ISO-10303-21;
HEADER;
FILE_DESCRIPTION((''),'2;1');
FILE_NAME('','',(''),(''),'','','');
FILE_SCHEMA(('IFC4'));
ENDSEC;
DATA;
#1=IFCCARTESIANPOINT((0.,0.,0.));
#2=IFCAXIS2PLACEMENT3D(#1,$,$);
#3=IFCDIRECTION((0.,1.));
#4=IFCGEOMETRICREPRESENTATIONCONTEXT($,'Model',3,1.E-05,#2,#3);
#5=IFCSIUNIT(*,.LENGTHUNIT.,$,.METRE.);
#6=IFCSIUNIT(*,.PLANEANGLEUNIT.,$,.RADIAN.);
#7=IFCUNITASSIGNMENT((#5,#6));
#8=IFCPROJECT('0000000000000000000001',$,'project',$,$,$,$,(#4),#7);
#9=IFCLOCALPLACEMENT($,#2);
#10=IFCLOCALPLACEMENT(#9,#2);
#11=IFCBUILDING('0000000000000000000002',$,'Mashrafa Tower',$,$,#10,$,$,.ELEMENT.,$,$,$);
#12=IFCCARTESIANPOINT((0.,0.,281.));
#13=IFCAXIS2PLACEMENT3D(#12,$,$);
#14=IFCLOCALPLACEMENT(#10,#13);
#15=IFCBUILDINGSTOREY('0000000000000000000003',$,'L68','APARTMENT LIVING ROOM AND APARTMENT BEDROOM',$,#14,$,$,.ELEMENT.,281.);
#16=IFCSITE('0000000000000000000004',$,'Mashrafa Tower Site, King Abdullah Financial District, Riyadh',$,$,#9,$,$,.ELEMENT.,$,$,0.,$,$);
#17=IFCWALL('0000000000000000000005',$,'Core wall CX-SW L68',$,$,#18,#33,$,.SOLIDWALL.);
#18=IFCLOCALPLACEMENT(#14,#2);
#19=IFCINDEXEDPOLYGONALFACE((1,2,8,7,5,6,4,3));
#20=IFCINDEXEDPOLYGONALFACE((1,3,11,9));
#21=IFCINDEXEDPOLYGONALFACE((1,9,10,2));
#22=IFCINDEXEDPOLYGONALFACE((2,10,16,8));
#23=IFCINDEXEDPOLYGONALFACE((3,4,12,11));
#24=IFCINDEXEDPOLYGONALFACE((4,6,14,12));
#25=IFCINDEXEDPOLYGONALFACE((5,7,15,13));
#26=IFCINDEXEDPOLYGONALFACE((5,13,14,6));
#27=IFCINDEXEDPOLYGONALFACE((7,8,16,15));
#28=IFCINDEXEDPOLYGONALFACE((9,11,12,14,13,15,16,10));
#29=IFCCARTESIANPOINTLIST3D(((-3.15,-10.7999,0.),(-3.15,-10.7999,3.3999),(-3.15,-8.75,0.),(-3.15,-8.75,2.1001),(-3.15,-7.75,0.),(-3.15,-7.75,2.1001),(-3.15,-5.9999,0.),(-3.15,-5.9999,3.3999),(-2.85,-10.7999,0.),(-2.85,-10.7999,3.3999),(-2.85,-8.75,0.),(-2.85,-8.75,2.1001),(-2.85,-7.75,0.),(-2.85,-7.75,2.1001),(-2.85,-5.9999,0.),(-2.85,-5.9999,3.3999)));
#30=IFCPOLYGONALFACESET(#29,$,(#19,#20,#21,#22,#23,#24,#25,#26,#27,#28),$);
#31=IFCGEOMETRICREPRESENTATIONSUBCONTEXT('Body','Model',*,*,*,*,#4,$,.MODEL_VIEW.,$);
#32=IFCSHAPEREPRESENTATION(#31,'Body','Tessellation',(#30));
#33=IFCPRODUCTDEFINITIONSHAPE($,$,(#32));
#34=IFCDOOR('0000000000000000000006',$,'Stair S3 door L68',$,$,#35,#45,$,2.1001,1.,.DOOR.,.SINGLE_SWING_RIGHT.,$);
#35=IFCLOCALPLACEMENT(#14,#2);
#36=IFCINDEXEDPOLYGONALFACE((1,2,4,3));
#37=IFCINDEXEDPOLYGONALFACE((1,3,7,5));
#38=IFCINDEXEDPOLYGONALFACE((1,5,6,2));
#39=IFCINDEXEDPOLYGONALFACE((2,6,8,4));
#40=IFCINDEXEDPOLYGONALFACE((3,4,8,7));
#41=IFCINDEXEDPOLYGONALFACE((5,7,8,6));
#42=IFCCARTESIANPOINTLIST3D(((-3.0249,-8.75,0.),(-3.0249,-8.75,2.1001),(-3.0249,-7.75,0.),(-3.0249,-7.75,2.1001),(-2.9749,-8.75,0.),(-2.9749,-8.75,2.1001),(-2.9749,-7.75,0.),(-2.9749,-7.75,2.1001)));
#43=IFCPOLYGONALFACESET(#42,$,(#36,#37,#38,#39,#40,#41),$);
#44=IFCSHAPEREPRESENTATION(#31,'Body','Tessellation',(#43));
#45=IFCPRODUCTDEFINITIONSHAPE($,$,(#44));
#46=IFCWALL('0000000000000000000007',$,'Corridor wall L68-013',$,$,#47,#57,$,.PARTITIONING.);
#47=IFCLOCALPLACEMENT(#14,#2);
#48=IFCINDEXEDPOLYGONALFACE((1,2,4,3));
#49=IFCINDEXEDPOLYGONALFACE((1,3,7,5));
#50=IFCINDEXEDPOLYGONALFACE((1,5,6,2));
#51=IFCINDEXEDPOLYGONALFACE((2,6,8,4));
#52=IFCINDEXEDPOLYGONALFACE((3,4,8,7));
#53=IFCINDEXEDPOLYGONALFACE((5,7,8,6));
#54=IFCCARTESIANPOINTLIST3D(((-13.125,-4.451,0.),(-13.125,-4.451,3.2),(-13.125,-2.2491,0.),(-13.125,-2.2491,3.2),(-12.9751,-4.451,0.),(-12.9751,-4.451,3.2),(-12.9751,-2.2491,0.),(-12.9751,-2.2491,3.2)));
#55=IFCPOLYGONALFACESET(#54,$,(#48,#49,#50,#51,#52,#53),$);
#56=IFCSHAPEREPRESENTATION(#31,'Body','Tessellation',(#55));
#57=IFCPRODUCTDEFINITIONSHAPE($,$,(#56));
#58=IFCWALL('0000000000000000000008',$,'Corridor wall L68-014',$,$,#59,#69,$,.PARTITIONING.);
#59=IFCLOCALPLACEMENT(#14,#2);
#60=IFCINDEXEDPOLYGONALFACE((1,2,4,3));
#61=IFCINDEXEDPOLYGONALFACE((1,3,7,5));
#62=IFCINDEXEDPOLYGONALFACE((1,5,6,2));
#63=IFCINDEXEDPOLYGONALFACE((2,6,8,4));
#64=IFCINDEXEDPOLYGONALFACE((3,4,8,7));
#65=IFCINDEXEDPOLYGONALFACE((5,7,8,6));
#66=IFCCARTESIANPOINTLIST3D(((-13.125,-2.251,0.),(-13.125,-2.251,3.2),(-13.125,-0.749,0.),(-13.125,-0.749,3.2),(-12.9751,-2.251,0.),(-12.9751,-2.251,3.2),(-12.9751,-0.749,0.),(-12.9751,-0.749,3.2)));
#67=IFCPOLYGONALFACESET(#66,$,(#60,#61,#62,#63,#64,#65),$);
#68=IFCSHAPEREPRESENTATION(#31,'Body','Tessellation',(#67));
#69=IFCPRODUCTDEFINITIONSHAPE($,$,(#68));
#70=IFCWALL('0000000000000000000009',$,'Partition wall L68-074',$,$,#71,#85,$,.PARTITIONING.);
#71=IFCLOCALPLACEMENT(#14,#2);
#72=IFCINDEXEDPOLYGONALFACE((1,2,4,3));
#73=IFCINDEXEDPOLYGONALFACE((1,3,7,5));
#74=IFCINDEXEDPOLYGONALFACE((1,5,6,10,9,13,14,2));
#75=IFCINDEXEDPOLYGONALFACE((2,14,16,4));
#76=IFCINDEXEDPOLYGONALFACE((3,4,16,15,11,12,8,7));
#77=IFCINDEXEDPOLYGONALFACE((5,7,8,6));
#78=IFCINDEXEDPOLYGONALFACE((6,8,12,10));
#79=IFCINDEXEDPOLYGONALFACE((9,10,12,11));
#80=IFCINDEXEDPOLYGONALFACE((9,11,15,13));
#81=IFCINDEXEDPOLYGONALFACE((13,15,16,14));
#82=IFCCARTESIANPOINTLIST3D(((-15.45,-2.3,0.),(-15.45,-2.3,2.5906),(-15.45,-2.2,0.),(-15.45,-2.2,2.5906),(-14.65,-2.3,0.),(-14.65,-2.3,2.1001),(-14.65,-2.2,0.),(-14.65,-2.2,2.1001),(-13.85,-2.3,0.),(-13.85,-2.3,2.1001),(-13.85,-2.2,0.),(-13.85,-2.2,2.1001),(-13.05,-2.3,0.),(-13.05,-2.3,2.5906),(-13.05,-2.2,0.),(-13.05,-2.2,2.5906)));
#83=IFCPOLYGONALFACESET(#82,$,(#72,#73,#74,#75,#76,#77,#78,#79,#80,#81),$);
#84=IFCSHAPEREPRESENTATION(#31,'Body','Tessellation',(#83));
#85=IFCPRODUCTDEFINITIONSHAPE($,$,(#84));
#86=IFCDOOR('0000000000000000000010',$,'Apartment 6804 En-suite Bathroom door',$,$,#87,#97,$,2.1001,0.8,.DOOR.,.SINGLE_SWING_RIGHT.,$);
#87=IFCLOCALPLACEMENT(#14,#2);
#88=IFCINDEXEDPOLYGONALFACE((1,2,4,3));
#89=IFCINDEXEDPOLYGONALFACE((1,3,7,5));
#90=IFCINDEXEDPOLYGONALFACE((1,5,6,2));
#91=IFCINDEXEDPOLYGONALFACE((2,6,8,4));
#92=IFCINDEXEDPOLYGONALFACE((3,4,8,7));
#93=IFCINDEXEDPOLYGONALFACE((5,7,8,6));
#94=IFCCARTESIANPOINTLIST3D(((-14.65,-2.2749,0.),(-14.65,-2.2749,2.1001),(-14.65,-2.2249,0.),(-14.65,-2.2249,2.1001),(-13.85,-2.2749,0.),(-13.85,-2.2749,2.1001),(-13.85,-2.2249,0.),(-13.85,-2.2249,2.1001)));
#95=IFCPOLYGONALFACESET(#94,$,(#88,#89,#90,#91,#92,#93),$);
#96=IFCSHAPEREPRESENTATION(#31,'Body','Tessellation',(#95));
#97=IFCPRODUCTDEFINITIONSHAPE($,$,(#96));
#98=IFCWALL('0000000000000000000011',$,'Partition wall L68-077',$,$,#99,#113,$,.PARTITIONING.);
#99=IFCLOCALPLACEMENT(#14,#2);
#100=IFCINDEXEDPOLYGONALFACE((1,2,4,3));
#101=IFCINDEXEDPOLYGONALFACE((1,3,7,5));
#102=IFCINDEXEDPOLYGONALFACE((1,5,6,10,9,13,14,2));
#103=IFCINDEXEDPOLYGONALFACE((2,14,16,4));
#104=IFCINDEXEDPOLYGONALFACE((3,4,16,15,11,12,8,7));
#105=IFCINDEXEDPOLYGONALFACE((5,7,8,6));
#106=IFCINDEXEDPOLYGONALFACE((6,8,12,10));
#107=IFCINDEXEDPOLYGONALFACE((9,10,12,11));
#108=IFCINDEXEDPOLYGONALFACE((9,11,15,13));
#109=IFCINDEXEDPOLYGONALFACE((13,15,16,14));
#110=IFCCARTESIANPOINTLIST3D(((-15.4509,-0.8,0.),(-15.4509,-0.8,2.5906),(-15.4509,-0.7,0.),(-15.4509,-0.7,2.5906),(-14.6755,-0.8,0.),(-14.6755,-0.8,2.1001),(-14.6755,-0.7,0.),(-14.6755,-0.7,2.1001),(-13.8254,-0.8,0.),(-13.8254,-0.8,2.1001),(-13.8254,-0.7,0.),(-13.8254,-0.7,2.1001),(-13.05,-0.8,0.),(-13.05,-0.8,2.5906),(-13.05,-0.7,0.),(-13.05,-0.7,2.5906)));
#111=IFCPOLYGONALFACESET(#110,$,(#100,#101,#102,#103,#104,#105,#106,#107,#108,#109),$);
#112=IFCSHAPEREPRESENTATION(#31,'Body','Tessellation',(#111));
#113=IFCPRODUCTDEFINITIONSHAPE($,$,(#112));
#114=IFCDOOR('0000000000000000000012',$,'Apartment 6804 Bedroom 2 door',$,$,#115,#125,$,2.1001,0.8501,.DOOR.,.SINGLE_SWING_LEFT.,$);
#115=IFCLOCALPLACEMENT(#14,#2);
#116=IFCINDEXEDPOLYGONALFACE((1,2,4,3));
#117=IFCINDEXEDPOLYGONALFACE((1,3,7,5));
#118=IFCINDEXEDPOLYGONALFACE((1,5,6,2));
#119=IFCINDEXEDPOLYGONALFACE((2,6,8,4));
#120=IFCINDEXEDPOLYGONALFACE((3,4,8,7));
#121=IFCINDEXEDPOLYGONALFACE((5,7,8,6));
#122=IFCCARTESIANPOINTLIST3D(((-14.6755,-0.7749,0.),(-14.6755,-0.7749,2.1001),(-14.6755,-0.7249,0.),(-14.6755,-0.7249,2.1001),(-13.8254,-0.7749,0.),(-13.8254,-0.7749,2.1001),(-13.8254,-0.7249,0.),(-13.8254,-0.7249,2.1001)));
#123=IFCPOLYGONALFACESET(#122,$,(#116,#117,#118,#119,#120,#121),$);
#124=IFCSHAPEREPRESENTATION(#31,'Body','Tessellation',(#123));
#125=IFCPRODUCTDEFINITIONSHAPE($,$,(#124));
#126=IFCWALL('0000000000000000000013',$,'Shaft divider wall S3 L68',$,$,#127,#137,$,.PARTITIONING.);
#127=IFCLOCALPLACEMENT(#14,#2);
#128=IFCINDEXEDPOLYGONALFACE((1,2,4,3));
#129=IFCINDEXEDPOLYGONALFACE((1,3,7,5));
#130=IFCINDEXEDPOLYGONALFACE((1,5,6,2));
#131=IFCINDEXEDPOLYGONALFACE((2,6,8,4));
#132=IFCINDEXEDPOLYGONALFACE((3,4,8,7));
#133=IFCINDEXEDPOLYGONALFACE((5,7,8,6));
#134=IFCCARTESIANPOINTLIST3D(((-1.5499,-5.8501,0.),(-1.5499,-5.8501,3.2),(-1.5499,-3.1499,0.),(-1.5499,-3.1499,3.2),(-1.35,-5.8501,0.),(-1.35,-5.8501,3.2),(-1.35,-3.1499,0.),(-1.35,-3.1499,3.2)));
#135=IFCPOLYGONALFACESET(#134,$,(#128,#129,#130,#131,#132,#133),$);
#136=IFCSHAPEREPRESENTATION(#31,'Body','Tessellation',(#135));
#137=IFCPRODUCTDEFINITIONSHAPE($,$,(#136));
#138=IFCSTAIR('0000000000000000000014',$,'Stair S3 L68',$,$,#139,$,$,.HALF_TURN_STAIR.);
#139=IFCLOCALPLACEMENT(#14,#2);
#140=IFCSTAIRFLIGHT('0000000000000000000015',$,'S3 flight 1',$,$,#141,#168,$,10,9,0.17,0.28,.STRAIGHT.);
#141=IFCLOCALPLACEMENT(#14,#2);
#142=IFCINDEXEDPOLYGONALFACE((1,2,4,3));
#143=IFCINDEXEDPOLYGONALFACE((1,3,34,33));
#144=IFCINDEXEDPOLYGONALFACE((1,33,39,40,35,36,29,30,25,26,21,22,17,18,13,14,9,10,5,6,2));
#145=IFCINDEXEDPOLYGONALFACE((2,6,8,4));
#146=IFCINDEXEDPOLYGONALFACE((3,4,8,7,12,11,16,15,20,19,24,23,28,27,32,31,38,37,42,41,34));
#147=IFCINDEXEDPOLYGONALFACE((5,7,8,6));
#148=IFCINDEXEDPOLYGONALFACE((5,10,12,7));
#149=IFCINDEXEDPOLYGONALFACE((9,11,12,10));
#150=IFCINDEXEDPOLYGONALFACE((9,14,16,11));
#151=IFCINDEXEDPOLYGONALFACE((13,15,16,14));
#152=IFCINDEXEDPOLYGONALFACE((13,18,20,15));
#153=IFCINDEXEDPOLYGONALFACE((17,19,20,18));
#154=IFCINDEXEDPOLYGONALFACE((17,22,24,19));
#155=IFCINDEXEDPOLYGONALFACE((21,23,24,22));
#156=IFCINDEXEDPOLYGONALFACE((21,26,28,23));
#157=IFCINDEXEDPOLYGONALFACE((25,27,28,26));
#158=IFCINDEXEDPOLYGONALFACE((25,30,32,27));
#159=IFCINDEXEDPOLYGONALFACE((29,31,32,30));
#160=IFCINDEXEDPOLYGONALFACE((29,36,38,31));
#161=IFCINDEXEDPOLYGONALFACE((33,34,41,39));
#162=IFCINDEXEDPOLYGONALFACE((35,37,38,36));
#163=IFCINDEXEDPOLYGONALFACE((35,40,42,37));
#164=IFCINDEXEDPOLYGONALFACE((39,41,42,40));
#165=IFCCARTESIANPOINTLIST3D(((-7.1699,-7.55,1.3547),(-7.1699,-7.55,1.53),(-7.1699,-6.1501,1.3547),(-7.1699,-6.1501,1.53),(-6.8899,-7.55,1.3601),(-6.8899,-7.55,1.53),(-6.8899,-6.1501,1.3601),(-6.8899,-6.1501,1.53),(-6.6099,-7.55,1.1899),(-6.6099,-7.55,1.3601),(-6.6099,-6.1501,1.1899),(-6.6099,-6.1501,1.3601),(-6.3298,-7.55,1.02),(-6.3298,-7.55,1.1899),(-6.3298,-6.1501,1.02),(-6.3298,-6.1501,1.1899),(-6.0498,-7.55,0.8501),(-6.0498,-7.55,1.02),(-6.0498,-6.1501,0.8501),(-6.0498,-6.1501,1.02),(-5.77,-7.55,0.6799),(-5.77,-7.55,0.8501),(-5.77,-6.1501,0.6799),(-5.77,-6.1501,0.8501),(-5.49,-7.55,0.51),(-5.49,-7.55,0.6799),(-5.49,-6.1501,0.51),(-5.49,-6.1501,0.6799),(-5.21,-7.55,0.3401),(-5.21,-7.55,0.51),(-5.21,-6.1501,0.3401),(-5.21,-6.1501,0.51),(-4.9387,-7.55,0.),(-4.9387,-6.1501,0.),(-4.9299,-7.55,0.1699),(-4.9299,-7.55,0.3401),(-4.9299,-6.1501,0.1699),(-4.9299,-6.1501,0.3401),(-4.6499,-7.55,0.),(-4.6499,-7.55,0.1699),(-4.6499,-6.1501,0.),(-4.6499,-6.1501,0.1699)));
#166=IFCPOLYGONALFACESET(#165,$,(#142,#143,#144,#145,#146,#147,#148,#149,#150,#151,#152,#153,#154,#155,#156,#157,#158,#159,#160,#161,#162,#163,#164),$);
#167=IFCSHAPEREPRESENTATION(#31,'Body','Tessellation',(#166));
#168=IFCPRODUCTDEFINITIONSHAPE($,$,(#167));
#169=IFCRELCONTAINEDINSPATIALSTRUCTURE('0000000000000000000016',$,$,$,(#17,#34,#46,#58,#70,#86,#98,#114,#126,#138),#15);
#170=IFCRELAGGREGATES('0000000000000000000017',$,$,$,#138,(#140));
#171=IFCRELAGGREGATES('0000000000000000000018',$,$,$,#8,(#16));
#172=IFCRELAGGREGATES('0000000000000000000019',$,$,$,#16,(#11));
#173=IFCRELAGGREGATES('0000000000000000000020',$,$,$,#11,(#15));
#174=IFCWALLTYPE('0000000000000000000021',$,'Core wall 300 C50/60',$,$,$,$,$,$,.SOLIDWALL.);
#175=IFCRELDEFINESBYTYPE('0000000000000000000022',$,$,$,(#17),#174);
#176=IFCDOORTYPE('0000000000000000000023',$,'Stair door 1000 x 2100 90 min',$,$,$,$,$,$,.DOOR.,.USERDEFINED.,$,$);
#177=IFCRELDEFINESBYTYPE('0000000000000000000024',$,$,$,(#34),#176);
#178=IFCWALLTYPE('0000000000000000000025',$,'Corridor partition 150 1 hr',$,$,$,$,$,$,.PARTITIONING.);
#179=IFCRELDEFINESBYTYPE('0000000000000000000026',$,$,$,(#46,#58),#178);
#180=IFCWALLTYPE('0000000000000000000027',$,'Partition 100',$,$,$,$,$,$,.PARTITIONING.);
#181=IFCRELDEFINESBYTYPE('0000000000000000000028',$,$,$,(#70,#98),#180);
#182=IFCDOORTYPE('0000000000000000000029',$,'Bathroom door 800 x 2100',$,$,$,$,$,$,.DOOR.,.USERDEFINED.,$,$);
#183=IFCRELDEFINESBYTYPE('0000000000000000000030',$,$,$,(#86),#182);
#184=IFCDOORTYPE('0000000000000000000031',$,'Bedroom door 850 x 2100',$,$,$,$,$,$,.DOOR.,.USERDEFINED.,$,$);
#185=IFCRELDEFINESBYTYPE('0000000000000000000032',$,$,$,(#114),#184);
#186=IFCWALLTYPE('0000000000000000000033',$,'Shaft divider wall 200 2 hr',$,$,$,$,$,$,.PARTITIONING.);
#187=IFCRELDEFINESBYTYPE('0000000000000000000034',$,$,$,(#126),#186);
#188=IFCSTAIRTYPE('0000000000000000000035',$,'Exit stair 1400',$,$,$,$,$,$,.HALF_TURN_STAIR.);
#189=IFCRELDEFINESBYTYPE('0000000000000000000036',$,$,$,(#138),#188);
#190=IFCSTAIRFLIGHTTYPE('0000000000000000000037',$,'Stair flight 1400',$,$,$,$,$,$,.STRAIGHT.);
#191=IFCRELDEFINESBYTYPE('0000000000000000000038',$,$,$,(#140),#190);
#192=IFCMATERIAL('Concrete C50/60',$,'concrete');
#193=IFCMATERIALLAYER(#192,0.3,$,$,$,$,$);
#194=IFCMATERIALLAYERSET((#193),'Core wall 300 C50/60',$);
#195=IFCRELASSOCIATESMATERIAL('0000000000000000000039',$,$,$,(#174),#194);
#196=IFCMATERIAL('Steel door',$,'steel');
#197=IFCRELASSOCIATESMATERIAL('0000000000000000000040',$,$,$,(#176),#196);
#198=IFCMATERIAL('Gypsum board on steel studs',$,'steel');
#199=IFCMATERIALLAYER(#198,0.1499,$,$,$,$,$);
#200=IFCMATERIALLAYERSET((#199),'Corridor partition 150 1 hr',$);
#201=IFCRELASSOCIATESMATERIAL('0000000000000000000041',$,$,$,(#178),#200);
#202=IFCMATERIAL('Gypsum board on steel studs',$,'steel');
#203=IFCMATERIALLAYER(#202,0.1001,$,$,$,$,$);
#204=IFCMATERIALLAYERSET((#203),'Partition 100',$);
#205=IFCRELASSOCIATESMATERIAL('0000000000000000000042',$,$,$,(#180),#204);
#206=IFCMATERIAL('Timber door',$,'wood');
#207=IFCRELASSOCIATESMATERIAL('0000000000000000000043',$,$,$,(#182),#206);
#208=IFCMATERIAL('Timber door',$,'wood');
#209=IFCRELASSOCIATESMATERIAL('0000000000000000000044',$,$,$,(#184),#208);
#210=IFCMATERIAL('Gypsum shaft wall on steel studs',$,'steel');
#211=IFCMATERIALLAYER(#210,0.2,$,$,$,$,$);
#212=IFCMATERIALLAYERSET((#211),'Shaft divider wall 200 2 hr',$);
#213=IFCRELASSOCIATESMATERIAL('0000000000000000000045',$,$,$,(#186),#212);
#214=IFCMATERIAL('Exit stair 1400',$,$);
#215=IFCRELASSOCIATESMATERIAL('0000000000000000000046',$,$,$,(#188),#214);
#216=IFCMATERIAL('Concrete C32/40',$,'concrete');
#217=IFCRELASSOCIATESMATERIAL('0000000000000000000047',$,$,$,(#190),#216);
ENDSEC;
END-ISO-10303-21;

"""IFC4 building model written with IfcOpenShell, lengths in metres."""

from ifc_helpers import new_model, si_unit, direction, frame, frame_2d, origin, place, context, subcontext, project, spatial, polyline, rectangle, outline, extrude, material, layer, layer_set, type_object, element, fill, aggregate, save


model = new_model("IFC4")

# Units and contexts
model_context = context("Model", 3, precision=1e-05, world=origin(), true_north=direction((0.0, 1.0)))
body_context = subcontext(model_context, "Body", "Model", "MODEL_VIEW")
ifc_project = project(units=[si_unit("LENGTHUNIT", "METRE"), si_unit("PLANEANGLEUNIT", "RADIAN")], contexts=[model_context])

# Site, building, storey
site_placement = place(None, origin())
site = spatial("IfcSite", under=ifc_project, at=site_placement, Name="Mashrafa Tower Site, King Abdullah Financial District, Riyadh", CompositionType="ELEMENT", RefElevation=0.0)
building_placement = place(site_placement, origin())
building = spatial("IfcBuilding", under=site, at=building_placement, Name="Mashrafa Tower", CompositionType="ELEMENT")
storey_placement = place(building_placement, frame((0.0, 0.0, 281.0)))
storey = spatial("IfcBuildingStorey", under=building, at=storey_placement, Name="L68", Description="APARTMENT LIVING ROOM AND APARTMENT BEDROOM", CompositionType="ELEMENT", Elevation=281.0)

# Shared definitions
ifc_material_1 = material(Name="Concrete C50/60", Category="concrete")
ifc_layer_1 = layer(ifc_material_1, 0.3)
ifc_layer_set_1 = layer_set([ifc_layer_1], Name="Core wall 300 C50/60")
wall_type_1 = type_object("IfcWallType", Name="Core wall 300 C50/60", PredefinedType="SOLIDWALL", material=ifc_layer_set_1)

# Wall, opening, door
wall_1_placement = place(storey_placement, frame((-3.0, -6.0, 0.0), z_axis=(0.0, 0.0, 1.0), x_axis=(0.0, -1.0, 0.0)))
wall_1 = element("IfcWall", 1, at=wall_1_placement, inside=storey, type_object=wall_type_1, Name="Core wall CX-SW L68", PredefinedType="SOLIDWALL", context=body_context, shape_type="SweptSolid", body=[
    extrude(rectangle(XDim=4.8, YDim=0.3, at=frame_2d((2.3999, 0.0))), origin(), (0.0, 0.0, 1.0), 3.3999),
])
opening_1_placement = place(wall_1_placement, frame((1.75, 0.0, 0.0)))
opening_1 = element("IfcOpeningElement", 2, at=opening_1_placement, cuts=wall_1, PredefinedType="OPENING", context=body_context, shape_type="SweptSolid", body=[
    extrude(rectangle(XDim=1.0, YDim=2.1001, at=frame_2d((0.5, 1.05))), frame((0.0, 0.1599, 0.0), z_axis=(0.0, -1.0, 0.0), x_axis=(1.0, 0.0, 0.0)), (0.0, 0.0, 1.0), 0.3201),
])
ifc_material_2 = material(Name="Steel door", Category="steel")
door_type_1 = type_object("IfcDoorType", Name="Stair door 1000 x 2100 90 min", OperationType="USERDEFINED", PredefinedType="DOOR", material=ifc_material_2)
door_1_placement = place(opening_1_placement, frame((1.0, 0.0, 0.0), z_axis=(0.0, 0.0, 1.0), x_axis=(-1.0, 0.0, 0.0)))
door_1 = element("IfcDoor", 3, at=door_1_placement, inside=storey, type_object=door_type_1, Name="Stair S3 door L68", OperationType="SINGLE_SWING_RIGHT", OverallHeight=2.1001, OverallWidth=1.0, PredefinedType="DOOR", context=body_context, shape_type="SweptSolid", body=[
    extrude(rectangle(XDim=1.0, YDim=2.1001, at=frame_2d((0.5, 1.05))), frame((0.0, 0.0249, 0.0), z_axis=(0.0, -1.0, 0.0), x_axis=(1.0, 0.0, 0.0)), (0.0, 0.0, 1.0), 0.05),
])
fill(opening_1, door_1)

# Walls
ifc_material_3 = material(Name="Gypsum board on steel studs", Category="steel")
ifc_layer_2 = layer(ifc_material_3, 0.1499)
ifc_layer_set_2 = layer_set([ifc_layer_2], Name="Corridor partition 150 1 hr")
wall_type_2 = type_object("IfcWallType", Name="Corridor partition 150 1 hr", PredefinedType="PARTITIONING", material=ifc_layer_set_2)
wall_2_placement = place(storey_placement, frame((-13.05, -2.249, 0.0), z_axis=(0.0, 0.0, 1.0), x_axis=(0.0, -1.0, 0.0)))
element("IfcWall", 4, at=wall_2_placement, inside=storey, type_object=wall_type_2, Name="Corridor wall L68-013", PredefinedType="PARTITIONING", context=body_context, shape_type="SweptSolid", body=[
    extrude(rectangle(XDim=2.2019, YDim=0.1499, at=frame_2d((1.1011, 0.0))), origin(), (0.0, 0.0, 1.0), 3.2),
])
wall_3_placement = place(storey_placement, frame((-13.05, -0.749, 0.0), z_axis=(0.0, 0.0, 1.0), x_axis=(0.0, -1.0, 0.0)))
element("IfcWall", 5, at=wall_3_placement, inside=storey, type_object=wall_type_2, Name="Corridor wall L68-014", PredefinedType="PARTITIONING", context=body_context, shape_type="SweptSolid", body=[
    extrude(rectangle(XDim=1.502, YDim=0.1499, at=frame_2d((0.751, 0.0))), origin(), (0.0, 0.0, 1.0), 3.2),
])

# Walls, openings, doors
ifc_material_4 = material(Name="Gypsum board on steel studs", Category="steel")
ifc_layer_3 = layer(ifc_material_4, 0.1001)
ifc_layer_set_3 = layer_set([ifc_layer_3], Name="Partition 100")
wall_type_3 = type_object("IfcWallType", Name="Partition 100", PredefinedType="PARTITIONING", material=ifc_layer_set_3)
wall_4_placement = place(storey_placement, frame((-13.05, -2.25, 0.0), z_axis=(0.0, 0.0, 1.0), x_axis=(-1.0, 0.0, 0.0)))
wall_4 = element("IfcWall", 6, at=wall_4_placement, inside=storey, type_object=wall_type_3, Name="Partition wall L68-074", PredefinedType="PARTITIONING", context=body_context, shape_type="SweptSolid", body=[
    extrude(rectangle(XDim=2.3999, YDim=0.1001, at=frame_2d((1.2, 0.0))), origin(), (0.0, 0.0, 1.0), 2.5906),
])
opening_2_placement = place(wall_4_placement, frame((0.8, 0.0, 0.0)))
opening_2 = element("IfcOpeningElement", 7, at=opening_2_placement, cuts=wall_4, PredefinedType="OPENING", context=body_context, shape_type="SweptSolid", body=[
    extrude(rectangle(XDim=0.8, YDim=2.1001, at=frame_2d((0.3999, 1.05))), frame((0.0, 0.0601, 0.0), z_axis=(0.0, -1.0, 0.0), x_axis=(1.0, 0.0, 0.0)), (0.0, 0.0, 1.0), 0.1201),
])
ifc_material_5 = material(Name="Timber door", Category="wood")
door_type_2 = type_object("IfcDoorType", Name="Bathroom door 800 x 2100", OperationType="USERDEFINED", PredefinedType="DOOR", material=ifc_material_5)
door_2_placement = place(opening_2_placement, origin())
door_2 = element("IfcDoor", 8, at=door_2_placement, inside=storey, type_object=door_type_2, Name="Apartment 6804 En-suite Bathroom door", OperationType="SINGLE_SWING_RIGHT", OverallHeight=2.1001, OverallWidth=0.8, PredefinedType="DOOR", context=body_context, shape_type="SweptSolid", body=[
    extrude(rectangle(XDim=0.8, YDim=2.1001, at=frame_2d((0.3999, 1.05))), frame((0.0, 0.0249, 0.0), z_axis=(0.0, -1.0, 0.0), x_axis=(1.0, 0.0, 0.0)), (0.0, 0.0, 1.0), 0.05),
])
fill(opening_2, door_2)
wall_5_placement = place(storey_placement, frame((-13.05, -0.75, 0.0), z_axis=(0.0, 0.0, 1.0), x_axis=(-1.0, 0.0, 0.0)))
wall_5 = element("IfcWall", 9, at=wall_5_placement, inside=storey, type_object=wall_type_3, Name="Partition wall L68-077", PredefinedType="PARTITIONING", context=body_context, shape_type="SweptSolid", body=[
    extrude(rectangle(XDim=2.4009, YDim=0.1001, at=frame_2d((1.2004, 0.0))), origin(), (0.0, 0.0, 1.0), 2.5906),
])
opening_3_placement = place(wall_5_placement, frame((0.7754, 0.0, 0.0)))
opening_3 = element("IfcOpeningElement", 10, at=opening_3_placement, cuts=wall_5, PredefinedType="OPENING", context=body_context, shape_type="SweptSolid", body=[
    extrude(rectangle(XDim=0.8501, YDim=2.1001, at=frame_2d((0.425, 1.05))), frame((0.0, 0.0601, 0.0), z_axis=(0.0, -1.0, 0.0), x_axis=(1.0, 0.0, 0.0)), (0.0, 0.0, 1.0), 0.1201),
])
ifc_material_6 = material(Name="Timber door", Category="wood")
door_type_3 = type_object("IfcDoorType", Name="Bedroom door 850 x 2100", OperationType="USERDEFINED", PredefinedType="DOOR", material=ifc_material_6)
door_3_placement = place(opening_3_placement, origin())
door_3 = element("IfcDoor", 11, at=door_3_placement, inside=storey, type_object=door_type_3, Name="Apartment 6804 Bedroom 2 door", OperationType="SINGLE_SWING_LEFT", OverallHeight=2.1001, OverallWidth=0.8501, PredefinedType="DOOR", context=body_context, shape_type="SweptSolid", body=[
    extrude(rectangle(XDim=0.8501, YDim=2.1001, at=frame_2d((0.425, 1.05))), frame((0.0, 0.0249, 0.0), z_axis=(0.0, -1.0, 0.0), x_axis=(1.0, 0.0, 0.0)), (0.0, 0.0, 1.0), 0.05),
])
fill(opening_3, door_3)

# Wall
ifc_material_7 = material(Name="Gypsum shaft wall on steel studs", Category="steel")
ifc_layer_4 = layer(ifc_material_7, 0.2)
ifc_layer_set_4 = layer_set([ifc_layer_4], Name="Shaft divider wall 200 2 hr")
wall_type_4 = type_object("IfcWallType", Name="Shaft divider wall 200 2 hr", PredefinedType="PARTITIONING", material=ifc_layer_set_4)
wall_6_placement = place(storey_placement, frame((-1.45, -5.8501, 0.0), z_axis=(0.0, 0.0, 1.0), x_axis=(0.0, 1.0, 0.0)))
element("IfcWall", 12, at=wall_6_placement, inside=storey, type_object=wall_type_4, Name="Shaft divider wall S3 L68", PredefinedType="PARTITIONING", context=body_context, shape_type="SweptSolid", body=[
    extrude(rectangle(XDim=2.7002, YDim=0.2, at=frame_2d((1.3501, 0.0))), origin(), (0.0, 0.0, 1.0), 3.2),
])

# Stair, stair flight
ifc_material_8 = material(Name="Exit stair 1400")
stair_type = type_object("IfcStairType", Name="Exit stair 1400", PredefinedType="HALF_TURN_STAIR", material=ifc_material_8)
stair_placement = place(storey_placement, origin())
stair = element("IfcStair", 13, at=stair_placement, inside=storey, type_object=stair_type, Name="Stair S3 L68", PredefinedType="HALF_TURN_STAIR")
ifc_material_9 = material(Name="Concrete C32/40", Category="concrete")
stair_flight_type = type_object("IfcStairFlightType", Name="Stair flight 1400", PredefinedType="STRAIGHT", material=ifc_material_9)
stair_flight_1_placement = place(storey_placement, frame((-4.6499, -6.8501, 0.0), z_axis=(0.0, 0.0, 1.0), x_axis=(-1.0, 0.0, 0.0)))
stair_flight_1 = element("IfcStairFlight", 14, at=stair_flight_1_placement, type_object=stair_flight_type, Name="S3 flight 1", NumberOfRisers=10, NumberOfTreads=9, PredefinedType="STRAIGHT", RiserHeight=0.17, TreadLength=0.28, context=body_context, shape_type="SweptSolid", body=[
    extrude(outline(polyline([(0.0, 0.0), (0.0, 0.1699), (0.28, 0.1699), (0.28, 0.3401), (0.5601, 0.3401), (0.5601, 0.51), (0.8401, 0.51), (0.8401, 0.6799), (1.1201, 0.6799), (1.1201, 0.8501), (1.3999, 0.8501), (1.3999, 1.02), (1.6799, 1.02), (1.6799, 1.1899), (1.96, 1.1899), (1.96, 1.3601), (2.24, 1.3601), (2.24, 1.53), (2.52, 1.53), (2.52, 1.7), (2.52, 1.3547), (0.2888, 0.0), (0.0, 0.0)])), frame((0.0, 0.7, 0.0), z_axis=(0.0, -1.0, 0.0), x_axis=(1.0, 0.0, 0.0)), (0.0, 0.0, 1.0), 1.3999),
])
aggregate(stair, [stair_flight_1])

save(model, "model.ifc")
